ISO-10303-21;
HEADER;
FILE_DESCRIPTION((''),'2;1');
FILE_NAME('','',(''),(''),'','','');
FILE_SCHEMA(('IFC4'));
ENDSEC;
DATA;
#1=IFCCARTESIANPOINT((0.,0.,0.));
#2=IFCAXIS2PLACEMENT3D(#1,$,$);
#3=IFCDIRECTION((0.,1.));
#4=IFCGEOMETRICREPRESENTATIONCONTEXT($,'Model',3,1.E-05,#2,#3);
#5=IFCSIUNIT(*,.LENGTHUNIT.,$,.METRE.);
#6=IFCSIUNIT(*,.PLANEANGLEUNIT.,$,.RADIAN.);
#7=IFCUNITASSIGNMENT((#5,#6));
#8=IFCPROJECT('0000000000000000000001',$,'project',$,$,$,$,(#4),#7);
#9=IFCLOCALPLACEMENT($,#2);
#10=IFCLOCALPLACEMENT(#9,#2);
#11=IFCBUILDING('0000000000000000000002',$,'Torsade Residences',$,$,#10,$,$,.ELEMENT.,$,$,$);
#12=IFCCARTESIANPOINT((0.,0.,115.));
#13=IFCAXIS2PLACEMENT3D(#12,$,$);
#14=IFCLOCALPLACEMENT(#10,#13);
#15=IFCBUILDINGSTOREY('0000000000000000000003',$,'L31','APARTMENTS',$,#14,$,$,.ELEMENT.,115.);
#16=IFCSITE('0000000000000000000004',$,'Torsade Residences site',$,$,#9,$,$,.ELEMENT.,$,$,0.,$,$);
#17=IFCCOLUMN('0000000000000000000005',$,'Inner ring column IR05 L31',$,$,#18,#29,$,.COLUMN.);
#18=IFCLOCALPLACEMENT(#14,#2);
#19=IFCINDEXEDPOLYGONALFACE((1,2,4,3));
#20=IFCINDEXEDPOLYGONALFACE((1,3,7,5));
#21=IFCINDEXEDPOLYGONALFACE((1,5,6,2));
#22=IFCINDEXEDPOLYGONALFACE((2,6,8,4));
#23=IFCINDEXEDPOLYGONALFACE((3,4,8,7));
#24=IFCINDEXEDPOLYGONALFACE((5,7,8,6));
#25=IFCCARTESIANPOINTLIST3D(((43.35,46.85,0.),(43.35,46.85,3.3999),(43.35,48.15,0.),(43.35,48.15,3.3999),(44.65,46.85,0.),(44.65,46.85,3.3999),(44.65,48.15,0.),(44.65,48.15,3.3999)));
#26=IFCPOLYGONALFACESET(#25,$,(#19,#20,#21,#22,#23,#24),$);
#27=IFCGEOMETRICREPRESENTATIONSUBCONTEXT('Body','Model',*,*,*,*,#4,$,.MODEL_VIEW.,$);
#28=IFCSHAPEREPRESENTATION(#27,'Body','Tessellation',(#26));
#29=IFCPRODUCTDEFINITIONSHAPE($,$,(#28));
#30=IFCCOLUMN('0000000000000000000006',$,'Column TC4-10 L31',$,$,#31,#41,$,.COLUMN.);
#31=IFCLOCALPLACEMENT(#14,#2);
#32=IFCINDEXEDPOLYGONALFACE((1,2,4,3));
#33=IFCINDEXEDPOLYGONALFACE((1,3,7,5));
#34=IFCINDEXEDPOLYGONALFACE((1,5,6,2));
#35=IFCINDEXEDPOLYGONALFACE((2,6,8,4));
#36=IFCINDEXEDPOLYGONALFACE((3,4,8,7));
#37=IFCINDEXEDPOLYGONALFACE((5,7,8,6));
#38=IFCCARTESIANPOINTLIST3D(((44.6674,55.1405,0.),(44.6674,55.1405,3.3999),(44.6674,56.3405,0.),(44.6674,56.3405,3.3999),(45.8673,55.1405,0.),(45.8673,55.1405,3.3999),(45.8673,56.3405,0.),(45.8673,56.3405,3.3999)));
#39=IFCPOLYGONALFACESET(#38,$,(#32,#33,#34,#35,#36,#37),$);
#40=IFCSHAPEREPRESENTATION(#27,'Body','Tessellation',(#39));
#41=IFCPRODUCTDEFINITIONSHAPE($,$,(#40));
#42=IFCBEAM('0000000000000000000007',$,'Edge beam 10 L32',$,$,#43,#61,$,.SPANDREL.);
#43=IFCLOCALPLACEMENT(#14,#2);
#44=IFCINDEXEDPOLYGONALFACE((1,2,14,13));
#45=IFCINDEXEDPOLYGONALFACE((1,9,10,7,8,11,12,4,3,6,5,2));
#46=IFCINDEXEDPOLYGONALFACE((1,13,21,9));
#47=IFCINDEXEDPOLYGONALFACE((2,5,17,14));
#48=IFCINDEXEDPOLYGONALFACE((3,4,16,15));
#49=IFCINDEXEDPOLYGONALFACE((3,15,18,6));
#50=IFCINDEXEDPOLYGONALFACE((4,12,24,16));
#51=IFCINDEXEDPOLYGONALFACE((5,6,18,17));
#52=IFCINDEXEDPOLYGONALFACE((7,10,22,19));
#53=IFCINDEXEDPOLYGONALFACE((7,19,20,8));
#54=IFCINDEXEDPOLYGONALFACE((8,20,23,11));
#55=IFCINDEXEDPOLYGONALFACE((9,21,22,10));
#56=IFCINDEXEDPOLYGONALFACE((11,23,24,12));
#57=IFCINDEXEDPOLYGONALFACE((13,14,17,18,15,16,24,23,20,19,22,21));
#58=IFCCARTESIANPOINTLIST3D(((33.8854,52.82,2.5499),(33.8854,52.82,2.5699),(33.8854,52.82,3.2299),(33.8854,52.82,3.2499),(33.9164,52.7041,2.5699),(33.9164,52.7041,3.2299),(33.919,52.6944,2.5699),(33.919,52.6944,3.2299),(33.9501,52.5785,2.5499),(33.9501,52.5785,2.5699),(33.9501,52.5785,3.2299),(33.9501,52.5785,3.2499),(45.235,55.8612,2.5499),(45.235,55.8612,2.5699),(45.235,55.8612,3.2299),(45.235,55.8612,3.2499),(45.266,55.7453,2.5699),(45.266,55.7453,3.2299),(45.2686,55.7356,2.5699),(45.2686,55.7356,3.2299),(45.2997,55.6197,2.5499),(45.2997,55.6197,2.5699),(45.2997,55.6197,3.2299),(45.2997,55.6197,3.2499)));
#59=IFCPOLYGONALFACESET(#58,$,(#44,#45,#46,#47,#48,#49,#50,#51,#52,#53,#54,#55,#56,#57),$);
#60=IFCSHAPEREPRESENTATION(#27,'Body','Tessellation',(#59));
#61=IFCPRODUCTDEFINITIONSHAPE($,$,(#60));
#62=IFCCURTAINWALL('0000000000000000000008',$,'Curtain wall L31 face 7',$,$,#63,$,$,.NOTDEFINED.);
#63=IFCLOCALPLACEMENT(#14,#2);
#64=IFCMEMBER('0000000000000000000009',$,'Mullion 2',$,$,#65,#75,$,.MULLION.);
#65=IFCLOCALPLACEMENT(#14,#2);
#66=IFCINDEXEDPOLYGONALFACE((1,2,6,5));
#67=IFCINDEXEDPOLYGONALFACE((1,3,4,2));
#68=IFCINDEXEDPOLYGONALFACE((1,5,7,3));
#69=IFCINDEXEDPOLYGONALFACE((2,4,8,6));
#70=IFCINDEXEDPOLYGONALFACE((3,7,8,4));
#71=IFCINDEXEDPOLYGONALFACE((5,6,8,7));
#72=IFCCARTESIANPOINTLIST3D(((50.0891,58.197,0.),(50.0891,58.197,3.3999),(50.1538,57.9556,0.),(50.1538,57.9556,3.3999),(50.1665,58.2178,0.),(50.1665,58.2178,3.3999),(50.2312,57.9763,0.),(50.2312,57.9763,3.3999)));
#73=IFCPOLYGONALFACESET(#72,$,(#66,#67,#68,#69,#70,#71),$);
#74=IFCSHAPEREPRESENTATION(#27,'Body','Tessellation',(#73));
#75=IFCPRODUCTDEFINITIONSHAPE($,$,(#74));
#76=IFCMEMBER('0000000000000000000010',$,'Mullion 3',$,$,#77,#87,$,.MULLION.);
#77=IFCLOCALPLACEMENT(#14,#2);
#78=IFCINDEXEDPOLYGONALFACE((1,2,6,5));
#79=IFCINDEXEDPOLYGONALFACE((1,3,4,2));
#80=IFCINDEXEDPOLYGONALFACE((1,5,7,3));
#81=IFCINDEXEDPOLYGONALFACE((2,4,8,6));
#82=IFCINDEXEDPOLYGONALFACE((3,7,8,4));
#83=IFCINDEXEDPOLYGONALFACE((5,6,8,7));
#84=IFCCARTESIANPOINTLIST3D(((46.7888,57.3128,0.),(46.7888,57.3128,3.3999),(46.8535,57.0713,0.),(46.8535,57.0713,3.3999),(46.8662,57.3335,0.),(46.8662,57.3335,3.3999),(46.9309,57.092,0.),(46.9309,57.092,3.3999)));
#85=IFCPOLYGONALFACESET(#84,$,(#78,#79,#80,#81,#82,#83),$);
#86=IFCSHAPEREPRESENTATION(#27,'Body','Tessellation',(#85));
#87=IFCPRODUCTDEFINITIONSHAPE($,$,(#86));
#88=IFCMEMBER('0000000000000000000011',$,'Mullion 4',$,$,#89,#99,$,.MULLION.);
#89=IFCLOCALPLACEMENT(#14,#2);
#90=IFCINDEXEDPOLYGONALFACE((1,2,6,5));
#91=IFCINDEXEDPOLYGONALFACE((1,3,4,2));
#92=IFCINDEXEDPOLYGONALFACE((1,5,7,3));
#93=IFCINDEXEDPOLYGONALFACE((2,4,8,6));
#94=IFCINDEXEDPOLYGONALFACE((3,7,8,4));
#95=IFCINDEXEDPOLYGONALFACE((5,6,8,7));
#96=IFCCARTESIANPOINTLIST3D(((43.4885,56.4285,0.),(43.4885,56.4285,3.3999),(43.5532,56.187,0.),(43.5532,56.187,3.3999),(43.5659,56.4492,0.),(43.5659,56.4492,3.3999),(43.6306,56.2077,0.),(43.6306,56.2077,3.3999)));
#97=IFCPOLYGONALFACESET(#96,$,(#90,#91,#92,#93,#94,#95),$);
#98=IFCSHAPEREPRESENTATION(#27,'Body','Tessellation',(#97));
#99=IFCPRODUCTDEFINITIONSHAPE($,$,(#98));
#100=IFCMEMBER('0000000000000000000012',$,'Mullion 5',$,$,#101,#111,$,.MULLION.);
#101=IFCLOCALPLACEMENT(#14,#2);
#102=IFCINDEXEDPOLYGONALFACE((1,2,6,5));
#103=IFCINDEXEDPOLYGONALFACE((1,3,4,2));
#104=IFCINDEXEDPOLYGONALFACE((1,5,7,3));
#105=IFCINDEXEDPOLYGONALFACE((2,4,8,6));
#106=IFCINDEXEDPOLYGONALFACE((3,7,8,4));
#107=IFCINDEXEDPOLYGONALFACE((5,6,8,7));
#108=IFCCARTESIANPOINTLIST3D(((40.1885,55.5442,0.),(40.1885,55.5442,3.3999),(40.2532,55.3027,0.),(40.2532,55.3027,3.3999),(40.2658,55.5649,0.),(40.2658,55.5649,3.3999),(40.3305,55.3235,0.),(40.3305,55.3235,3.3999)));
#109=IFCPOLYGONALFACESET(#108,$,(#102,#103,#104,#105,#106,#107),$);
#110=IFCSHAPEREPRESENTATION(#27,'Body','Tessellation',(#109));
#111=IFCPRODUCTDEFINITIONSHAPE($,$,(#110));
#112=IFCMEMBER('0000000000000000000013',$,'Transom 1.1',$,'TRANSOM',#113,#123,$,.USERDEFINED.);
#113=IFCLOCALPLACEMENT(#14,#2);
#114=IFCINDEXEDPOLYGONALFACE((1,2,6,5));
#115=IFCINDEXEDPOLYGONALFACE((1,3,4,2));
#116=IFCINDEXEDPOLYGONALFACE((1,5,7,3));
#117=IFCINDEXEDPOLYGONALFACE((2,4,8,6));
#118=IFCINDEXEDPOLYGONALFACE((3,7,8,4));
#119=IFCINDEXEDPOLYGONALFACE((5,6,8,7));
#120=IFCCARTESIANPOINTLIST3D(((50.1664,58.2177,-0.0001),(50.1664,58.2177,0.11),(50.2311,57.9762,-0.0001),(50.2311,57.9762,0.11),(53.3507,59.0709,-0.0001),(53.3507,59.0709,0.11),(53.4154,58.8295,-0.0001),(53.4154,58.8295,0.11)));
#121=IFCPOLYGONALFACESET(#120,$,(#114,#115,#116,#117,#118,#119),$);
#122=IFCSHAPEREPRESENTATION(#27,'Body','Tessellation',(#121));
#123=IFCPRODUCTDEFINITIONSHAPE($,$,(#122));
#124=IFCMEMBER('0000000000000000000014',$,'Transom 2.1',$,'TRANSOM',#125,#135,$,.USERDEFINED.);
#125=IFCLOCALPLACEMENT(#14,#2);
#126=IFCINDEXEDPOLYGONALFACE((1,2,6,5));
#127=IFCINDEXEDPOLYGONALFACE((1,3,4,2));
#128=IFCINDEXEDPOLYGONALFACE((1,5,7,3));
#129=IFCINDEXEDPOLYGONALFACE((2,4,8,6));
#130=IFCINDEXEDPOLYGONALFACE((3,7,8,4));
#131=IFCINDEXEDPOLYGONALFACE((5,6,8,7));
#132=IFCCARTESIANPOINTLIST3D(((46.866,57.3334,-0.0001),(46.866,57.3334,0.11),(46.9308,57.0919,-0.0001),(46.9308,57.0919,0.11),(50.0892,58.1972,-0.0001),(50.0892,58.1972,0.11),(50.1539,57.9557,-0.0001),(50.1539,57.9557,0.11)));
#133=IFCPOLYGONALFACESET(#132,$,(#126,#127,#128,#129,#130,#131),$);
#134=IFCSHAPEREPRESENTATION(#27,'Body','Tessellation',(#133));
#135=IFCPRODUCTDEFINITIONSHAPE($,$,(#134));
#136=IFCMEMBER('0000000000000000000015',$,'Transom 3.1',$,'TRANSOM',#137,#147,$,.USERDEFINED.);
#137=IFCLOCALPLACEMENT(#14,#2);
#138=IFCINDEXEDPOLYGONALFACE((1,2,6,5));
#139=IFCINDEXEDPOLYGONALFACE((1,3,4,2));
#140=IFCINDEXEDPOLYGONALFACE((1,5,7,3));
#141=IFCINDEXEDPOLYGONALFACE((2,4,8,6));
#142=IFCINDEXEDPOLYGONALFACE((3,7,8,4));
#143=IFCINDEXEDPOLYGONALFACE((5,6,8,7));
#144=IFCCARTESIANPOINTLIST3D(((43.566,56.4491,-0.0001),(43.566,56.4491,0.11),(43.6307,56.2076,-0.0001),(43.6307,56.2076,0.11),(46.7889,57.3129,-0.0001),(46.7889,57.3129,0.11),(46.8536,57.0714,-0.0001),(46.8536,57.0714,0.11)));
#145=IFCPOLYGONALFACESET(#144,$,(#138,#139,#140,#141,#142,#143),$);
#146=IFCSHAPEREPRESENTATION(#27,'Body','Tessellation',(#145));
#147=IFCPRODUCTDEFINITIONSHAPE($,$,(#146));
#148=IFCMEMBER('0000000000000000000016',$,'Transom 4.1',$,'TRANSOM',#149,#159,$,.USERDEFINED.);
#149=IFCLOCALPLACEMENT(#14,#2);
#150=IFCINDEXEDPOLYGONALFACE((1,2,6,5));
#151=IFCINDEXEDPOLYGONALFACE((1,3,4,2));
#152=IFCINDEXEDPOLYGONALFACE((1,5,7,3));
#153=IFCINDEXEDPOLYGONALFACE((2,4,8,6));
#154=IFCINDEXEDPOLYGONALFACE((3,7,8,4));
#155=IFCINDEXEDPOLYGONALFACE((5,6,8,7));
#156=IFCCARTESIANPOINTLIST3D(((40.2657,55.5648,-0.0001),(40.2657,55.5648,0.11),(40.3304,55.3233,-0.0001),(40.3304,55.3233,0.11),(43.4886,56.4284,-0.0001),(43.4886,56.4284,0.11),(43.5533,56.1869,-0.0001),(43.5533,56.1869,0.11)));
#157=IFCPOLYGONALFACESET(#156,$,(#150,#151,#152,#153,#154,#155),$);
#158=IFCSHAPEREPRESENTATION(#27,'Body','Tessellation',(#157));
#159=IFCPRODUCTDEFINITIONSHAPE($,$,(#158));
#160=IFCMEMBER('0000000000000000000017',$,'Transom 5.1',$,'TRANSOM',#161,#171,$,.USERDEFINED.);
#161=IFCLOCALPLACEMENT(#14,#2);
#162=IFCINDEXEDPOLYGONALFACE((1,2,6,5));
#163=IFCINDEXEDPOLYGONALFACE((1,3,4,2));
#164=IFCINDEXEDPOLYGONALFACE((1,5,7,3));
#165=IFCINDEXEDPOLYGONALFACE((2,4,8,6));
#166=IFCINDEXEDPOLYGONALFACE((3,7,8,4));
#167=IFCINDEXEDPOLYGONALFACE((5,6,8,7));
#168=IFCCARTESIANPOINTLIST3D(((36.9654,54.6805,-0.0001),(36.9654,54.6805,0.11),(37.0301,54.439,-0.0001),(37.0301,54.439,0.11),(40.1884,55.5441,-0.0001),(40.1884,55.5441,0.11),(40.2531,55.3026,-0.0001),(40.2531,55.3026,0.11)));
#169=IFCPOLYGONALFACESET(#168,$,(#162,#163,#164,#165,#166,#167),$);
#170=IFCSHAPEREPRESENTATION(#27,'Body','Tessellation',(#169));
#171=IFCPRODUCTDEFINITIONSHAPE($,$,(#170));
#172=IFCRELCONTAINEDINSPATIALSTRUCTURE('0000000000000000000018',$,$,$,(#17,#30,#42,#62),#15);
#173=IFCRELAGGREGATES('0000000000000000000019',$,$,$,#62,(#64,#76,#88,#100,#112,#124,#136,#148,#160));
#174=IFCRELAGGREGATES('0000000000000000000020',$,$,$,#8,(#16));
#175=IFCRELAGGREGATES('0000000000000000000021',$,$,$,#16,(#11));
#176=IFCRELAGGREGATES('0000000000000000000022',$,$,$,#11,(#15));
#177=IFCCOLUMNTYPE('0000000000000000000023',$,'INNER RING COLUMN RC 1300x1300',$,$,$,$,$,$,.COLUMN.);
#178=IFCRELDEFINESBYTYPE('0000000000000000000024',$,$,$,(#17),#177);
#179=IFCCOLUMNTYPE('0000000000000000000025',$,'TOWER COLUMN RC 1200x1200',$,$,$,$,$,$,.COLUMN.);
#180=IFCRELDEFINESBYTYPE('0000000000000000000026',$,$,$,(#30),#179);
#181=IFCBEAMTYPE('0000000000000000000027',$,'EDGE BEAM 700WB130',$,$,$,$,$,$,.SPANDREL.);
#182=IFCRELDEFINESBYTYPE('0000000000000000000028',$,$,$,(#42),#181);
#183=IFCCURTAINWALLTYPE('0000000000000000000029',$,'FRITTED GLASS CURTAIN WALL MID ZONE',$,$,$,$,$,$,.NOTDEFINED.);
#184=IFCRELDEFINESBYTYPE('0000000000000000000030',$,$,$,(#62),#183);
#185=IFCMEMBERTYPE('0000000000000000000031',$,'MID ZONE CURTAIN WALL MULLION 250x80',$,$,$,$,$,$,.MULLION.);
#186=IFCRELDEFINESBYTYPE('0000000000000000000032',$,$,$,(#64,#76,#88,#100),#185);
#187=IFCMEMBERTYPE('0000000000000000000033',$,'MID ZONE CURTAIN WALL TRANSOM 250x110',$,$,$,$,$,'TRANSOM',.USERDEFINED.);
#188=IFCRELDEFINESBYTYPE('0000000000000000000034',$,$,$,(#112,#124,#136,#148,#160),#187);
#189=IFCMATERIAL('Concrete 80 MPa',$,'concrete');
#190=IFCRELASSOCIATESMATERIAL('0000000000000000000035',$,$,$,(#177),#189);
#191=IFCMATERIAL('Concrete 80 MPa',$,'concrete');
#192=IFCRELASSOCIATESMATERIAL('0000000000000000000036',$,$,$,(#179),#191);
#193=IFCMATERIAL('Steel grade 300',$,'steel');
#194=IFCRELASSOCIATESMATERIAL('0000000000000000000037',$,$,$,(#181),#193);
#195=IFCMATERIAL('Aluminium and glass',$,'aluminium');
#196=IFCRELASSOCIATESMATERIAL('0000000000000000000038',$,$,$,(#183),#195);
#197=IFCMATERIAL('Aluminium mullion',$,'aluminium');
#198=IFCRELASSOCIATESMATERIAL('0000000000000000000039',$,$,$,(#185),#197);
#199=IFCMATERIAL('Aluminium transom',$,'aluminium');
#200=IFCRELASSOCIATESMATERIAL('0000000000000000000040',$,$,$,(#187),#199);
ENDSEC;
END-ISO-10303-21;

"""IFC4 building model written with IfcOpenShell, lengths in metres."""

from ifc_helpers import new_model, si_unit, direction, frame, origin, origin_2d, place, context, subcontext, project, spatial, rectangle, i_section, extrude, material, material_profile, profile_set, type_object, element, aggregate, save


model = new_model("IFC4")

# Units and contexts
model_context = context("Model", 3, precision=1e-05, world=origin(), true_north=direction((0.0, 1.0)))
body_context = subcontext(model_context, "Body", "Model", "MODEL_VIEW")
ifc_project = project(units=[si_unit("LENGTHUNIT", "METRE"), si_unit("PLANEANGLEUNIT", "RADIAN")], contexts=[model_context])

# Site, building, storey
site_placement = place(None, origin())
site = spatial("IfcSite", under=ifc_project, at=site_placement, Name="Torsade Residences site", CompositionType="ELEMENT", RefElevation=0.0)
building_placement = place(site_placement, origin())
building = spatial("IfcBuilding", under=site, at=building_placement, Name="Torsade Residences", CompositionType="ELEMENT")
storey_placement = place(building_placement, frame((0.0, 0.0, 115.0)))
storey = spatial("IfcBuildingStorey", under=building, at=storey_placement, Name="L31", Description="APARTMENTS", CompositionType="ELEMENT", Elevation=115.0)

# Columns
ifc_material_1 = material(Name="Concrete 80 MPa", Category="concrete")
ifc_material_profile_1 = material_profile(ifc_material_1, rectangle(XDim=1.3, YDim=1.3, at=origin_2d()), Name="RC 1300x1300")
ifc_profile_set_1 = profile_set([ifc_material_profile_1], Name="Concrete 80 MPa")
column_type_1 = type_object("IfcColumnType", Name="INNER RING COLUMN RC 1300x1300", PredefinedType="COLUMN", material=ifc_profile_set_1)
column_1_placement = place(storey_placement, frame((44.0, 47.5, 0.0), z_axis=(0.0, 0.0, 1.0), x_axis=(1.0, 0.0, 0.0)))
element("IfcColumn", 1, at=column_1_placement, inside=storey, type_object=column_type_1, Name="Inner ring column IR05 L31", PredefinedType="COLUMN", context=body_context, shape_type="SweptSolid", body=[
    extrude(rectangle(XDim=1.3, YDim=1.3, at=origin_2d()), origin(), (0.0, 0.0, 1.0), 3.3999),
])
ifc_material_2 = material(Name="Concrete 80 MPa", Category="concrete")
ifc_material_profile_2 = material_profile(ifc_material_2, rectangle(XDim=1.2, YDim=1.2, at=origin_2d()), Name="RC 1200x1200")
ifc_profile_set_2 = profile_set([ifc_material_profile_2], Name="Concrete 80 MPa")
column_type_2 = type_object("IfcColumnType", Name="TOWER COLUMN RC 1200x1200", PredefinedType="COLUMN", material=ifc_profile_set_2)
column_2_placement = place(storey_placement, frame((45.2673, 55.7405, 0.0), z_axis=(0.0, 0.0, 1.0), x_axis=(1.0, 0.0, 0.0)))
element("IfcColumn", 2, at=column_2_placement, inside=storey, type_object=column_type_2, Name="Column TC4-10 L31", PredefinedType="COLUMN", context=body_context, shape_type="SweptSolid", body=[
    extrude(rectangle(XDim=1.2, YDim=1.2, at=origin_2d()), origin(), (0.0, 0.0, 1.0), 3.3999),
])

# Beam
ifc_material_3 = material(Name="Steel grade 300", Category="steel")
ifc_material_profile_3 = material_profile(ifc_material_3, i_section(OverallWidth=0.25, OverallDepth=0.7, WebThickness=0.01, FlangeThickness=0.02, at=origin_2d()), Name="700WB130")
ifc_profile_set_3 = profile_set([ifc_material_profile_3], Name="Steel grade 300")
beam_type_1 = type_object("IfcBeamType", Name="EDGE BEAM 700WB130", PredefinedType="SPANDREL", material=ifc_profile_set_3)
beam_1_placement = place(storey_placement, frame((45.2673, 55.7405, 2.8999), z_axis=(-0.965923, -0.25883, 0.0), x_axis=(0.25883, -0.965923, 0.0)))
element("IfcBeam", 3, at=beam_1_placement, inside=storey, type_object=beam_type_1, Name="Edge beam 10 L32", PredefinedType="SPANDREL", context=body_context, shape_type="SweptSolid", body=[
    extrude(i_section(OverallWidth=0.25, OverallDepth=0.7, WebThickness=0.01, FlangeThickness=0.02, at=origin_2d()), origin(), (0.0, 0.0, 1.0), 11.75),
])

# Curtain wall, members
ifc_material_4 = material(Name="Aluminium and glass", Category="aluminium")
curtain_wall_type = type_object("IfcCurtainWallType", Name="FRITTED GLASS CURTAIN WALL MID ZONE", PredefinedType="NOTDEFINED", material=ifc_material_4)
curtain_wall_placement = place(storey_placement, origin())
curtain_wall = element("IfcCurtainWall", 4, at=curtain_wall_placement, inside=storey, type_object=curtain_wall_type, Name="Curtain wall L31 face 7", PredefinedType="NOTDEFINED")
ifc_material_5 = material(Name="Aluminium mullion", Category="aluminium")
ifc_material_profile_4 = material_profile(ifc_material_5, rectangle(XDim=0.25, YDim=0.0801, at=origin_2d()), Name="MID ZONE CURTAIN WALL MULLION 250x80")
ifc_profile_set_4 = profile_set([ifc_material_profile_4], Name="Aluminium mullion")
member_type_1 = type_object("IfcMemberType", Name="MID ZONE CURTAIN WALL MULLION 250x80", PredefinedType="MULLION", material=ifc_profile_set_4)
member_1_placement = place(storey_placement, frame((50.1602, 58.0867, 0.0), z_axis=(0.0, 0.0, 1.0), x_axis=(0.258819, -0.965926, 0.0)))
member_1 = element("IfcMember", 5, at=member_1_placement, type_object=member_type_1, Name="Mullion 2", PredefinedType="MULLION", context=body_context, shape_type="SweptSolid", body=[
    extrude(rectangle(XDim=0.25, YDim=0.0801, at=origin_2d()), origin(), (0.0, 0.0, 1.0), 3.3999),
])
member_2_placement = place(storey_placement, frame((46.8599, 57.2024, 0.0), z_axis=(0.0, 0.0, 1.0), x_axis=(0.258819, -0.965926, 0.0)))
member_2 = element("IfcMember", 6, at=member_2_placement, type_object=member_type_1, Name="Mullion 3", PredefinedType="MULLION", context=body_context, shape_type="SweptSolid", body=[
    extrude(rectangle(XDim=0.25, YDim=0.0801, at=origin_2d()), origin(), (0.0, 0.0, 1.0), 3.3999),
])
member_3_placement = place(storey_placement, frame((43.5596, 56.3181, 0.0), z_axis=(0.0, 0.0, 1.0), x_axis=(0.258819, -0.965926, 0.0)))
member_3 = element("IfcMember", 7, at=member_3_placement, type_object=member_type_1, Name="Mullion 4", PredefinedType="MULLION", context=body_context, shape_type="SweptSolid", body=[
    extrude(rectangle(XDim=0.25, YDim=0.0801, at=origin_2d()), origin(), (0.0, 0.0, 1.0), 3.3999),
])
member_4_placement = place(storey_placement, frame((40.2595, 55.4338, 0.0), z_axis=(0.0, 0.0, 1.0), x_axis=(0.258819, -0.965926, 0.0)))
member_4 = element("IfcMember", 8, at=member_4_placement, type_object=member_type_1, Name="Mullion 5", PredefinedType="MULLION", context=body_context, shape_type="SweptSolid", body=[
    extrude(rectangle(XDim=0.25, YDim=0.0801, at=origin_2d()), origin(), (0.0, 0.0, 1.0), 3.3999),
])
ifc_material_6 = material(Name="Aluminium transom", Category="aluminium")
ifc_material_profile_5 = material_profile(ifc_material_6, rectangle(XDim=0.25, YDim=0.1101, at=origin_2d()), Name="MID ZONE CURTAIN WALL TRANSOM 250x110")
ifc_profile_set_5 = profile_set([ifc_material_profile_5], Name="Aluminium transom")
member_type_2 = type_object("IfcMemberType", Name="MID ZONE CURTAIN WALL TRANSOM 250x110", ElementType="TRANSOM", PredefinedType="USERDEFINED", material=ifc_profile_set_5)
member_5_placement = place(storey_placement, frame((53.3831, 58.9502, 0.0549), z_axis=(-0.965923, -0.258829, 0.0), x_axis=(0.258829, -0.965923, 0.0)))
member_5 = element("IfcMember", 9, at=member_5_placement, type_object=member_type_2, Name="Transom 1.1", ObjectType="TRANSOM", PredefinedType="USERDEFINED", context=body_context, shape_type="SweptSolid", body=[
    extrude(rectangle(XDim=0.25, YDim=0.1101, at=origin_2d()), origin(), (0.0, 0.0, 1.0), 3.2966),
])
member_6_placement = place(storey_placement, frame((50.1216, 58.0764, 0.0549), z_axis=(-0.965916, -0.258856, 0.0), x_axis=(0.258856, -0.965916, 0.0)))
member_6 = element("IfcMember", 10, at=member_6_placement, type_object=member_type_2, Name="Transom 2.1", ObjectType="TRANSOM", PredefinedType="USERDEFINED", context=body_context, shape_type="SweptSolid", body=[
    extrude(rectangle(XDim=0.25, YDim=0.1101, at=origin_2d()), origin(), (0.0, 0.0, 1.0), 3.3369),
])
member_7_placement = place(storey_placement, frame((46.8213, 57.1921, 0.0549), z_axis=(-0.965911, -0.258874, 0.0), x_axis=(0.258874, -0.965911, 0.0)))
member_7 = element("IfcMember", 11, at=member_7_placement, type_object=member_type_2, Name="Transom 3.1", ObjectType="TRANSOM", PredefinedType="USERDEFINED", context=body_context, shape_type="SweptSolid", body=[
    extrude(rectangle(XDim=0.25, YDim=0.1101, at=origin_2d()), origin(), (0.0, 0.0, 1.0), 3.3367),
])
member_8_placement = place(storey_placement, frame((43.521, 56.3076, 0.0549), z_axis=(-0.965929, -0.258806, 0.0), x_axis=(0.258806, -0.965929, 0.0)))
member_8 = element("IfcMember", 12, at=member_8_placement, type_object=member_type_2, Name="Transom 4.1", ObjectType="TRANSOM", PredefinedType="USERDEFINED", context=body_context, shape_type="SweptSolid", body=[
    extrude(rectangle(XDim=0.25, YDim=0.1101, at=origin_2d()), origin(), (0.0, 0.0, 1.0), 3.3367),
])
member_9_placement = place(storey_placement, frame((40.2207, 55.4233, 0.0549), z_axis=(-0.965929, -0.258806, 0.0), x_axis=(0.258806, -0.965929, 0.0)))
member_9 = element("IfcMember", 13, at=member_9_placement, type_object=member_type_2, Name="Transom 5.1", ObjectType="TRANSOM", PredefinedType="USERDEFINED", context=body_context, shape_type="SweptSolid", body=[
    extrude(rectangle(XDim=0.25, YDim=0.1101, at=origin_2d()), origin(), (0.0, 0.0, 1.0), 3.3367),
])

aggregate(curtain_wall, [member_1, member_2, member_3, member_4, member_5, member_6, member_7, member_8, member_9])

save(model, "model.ifc")
